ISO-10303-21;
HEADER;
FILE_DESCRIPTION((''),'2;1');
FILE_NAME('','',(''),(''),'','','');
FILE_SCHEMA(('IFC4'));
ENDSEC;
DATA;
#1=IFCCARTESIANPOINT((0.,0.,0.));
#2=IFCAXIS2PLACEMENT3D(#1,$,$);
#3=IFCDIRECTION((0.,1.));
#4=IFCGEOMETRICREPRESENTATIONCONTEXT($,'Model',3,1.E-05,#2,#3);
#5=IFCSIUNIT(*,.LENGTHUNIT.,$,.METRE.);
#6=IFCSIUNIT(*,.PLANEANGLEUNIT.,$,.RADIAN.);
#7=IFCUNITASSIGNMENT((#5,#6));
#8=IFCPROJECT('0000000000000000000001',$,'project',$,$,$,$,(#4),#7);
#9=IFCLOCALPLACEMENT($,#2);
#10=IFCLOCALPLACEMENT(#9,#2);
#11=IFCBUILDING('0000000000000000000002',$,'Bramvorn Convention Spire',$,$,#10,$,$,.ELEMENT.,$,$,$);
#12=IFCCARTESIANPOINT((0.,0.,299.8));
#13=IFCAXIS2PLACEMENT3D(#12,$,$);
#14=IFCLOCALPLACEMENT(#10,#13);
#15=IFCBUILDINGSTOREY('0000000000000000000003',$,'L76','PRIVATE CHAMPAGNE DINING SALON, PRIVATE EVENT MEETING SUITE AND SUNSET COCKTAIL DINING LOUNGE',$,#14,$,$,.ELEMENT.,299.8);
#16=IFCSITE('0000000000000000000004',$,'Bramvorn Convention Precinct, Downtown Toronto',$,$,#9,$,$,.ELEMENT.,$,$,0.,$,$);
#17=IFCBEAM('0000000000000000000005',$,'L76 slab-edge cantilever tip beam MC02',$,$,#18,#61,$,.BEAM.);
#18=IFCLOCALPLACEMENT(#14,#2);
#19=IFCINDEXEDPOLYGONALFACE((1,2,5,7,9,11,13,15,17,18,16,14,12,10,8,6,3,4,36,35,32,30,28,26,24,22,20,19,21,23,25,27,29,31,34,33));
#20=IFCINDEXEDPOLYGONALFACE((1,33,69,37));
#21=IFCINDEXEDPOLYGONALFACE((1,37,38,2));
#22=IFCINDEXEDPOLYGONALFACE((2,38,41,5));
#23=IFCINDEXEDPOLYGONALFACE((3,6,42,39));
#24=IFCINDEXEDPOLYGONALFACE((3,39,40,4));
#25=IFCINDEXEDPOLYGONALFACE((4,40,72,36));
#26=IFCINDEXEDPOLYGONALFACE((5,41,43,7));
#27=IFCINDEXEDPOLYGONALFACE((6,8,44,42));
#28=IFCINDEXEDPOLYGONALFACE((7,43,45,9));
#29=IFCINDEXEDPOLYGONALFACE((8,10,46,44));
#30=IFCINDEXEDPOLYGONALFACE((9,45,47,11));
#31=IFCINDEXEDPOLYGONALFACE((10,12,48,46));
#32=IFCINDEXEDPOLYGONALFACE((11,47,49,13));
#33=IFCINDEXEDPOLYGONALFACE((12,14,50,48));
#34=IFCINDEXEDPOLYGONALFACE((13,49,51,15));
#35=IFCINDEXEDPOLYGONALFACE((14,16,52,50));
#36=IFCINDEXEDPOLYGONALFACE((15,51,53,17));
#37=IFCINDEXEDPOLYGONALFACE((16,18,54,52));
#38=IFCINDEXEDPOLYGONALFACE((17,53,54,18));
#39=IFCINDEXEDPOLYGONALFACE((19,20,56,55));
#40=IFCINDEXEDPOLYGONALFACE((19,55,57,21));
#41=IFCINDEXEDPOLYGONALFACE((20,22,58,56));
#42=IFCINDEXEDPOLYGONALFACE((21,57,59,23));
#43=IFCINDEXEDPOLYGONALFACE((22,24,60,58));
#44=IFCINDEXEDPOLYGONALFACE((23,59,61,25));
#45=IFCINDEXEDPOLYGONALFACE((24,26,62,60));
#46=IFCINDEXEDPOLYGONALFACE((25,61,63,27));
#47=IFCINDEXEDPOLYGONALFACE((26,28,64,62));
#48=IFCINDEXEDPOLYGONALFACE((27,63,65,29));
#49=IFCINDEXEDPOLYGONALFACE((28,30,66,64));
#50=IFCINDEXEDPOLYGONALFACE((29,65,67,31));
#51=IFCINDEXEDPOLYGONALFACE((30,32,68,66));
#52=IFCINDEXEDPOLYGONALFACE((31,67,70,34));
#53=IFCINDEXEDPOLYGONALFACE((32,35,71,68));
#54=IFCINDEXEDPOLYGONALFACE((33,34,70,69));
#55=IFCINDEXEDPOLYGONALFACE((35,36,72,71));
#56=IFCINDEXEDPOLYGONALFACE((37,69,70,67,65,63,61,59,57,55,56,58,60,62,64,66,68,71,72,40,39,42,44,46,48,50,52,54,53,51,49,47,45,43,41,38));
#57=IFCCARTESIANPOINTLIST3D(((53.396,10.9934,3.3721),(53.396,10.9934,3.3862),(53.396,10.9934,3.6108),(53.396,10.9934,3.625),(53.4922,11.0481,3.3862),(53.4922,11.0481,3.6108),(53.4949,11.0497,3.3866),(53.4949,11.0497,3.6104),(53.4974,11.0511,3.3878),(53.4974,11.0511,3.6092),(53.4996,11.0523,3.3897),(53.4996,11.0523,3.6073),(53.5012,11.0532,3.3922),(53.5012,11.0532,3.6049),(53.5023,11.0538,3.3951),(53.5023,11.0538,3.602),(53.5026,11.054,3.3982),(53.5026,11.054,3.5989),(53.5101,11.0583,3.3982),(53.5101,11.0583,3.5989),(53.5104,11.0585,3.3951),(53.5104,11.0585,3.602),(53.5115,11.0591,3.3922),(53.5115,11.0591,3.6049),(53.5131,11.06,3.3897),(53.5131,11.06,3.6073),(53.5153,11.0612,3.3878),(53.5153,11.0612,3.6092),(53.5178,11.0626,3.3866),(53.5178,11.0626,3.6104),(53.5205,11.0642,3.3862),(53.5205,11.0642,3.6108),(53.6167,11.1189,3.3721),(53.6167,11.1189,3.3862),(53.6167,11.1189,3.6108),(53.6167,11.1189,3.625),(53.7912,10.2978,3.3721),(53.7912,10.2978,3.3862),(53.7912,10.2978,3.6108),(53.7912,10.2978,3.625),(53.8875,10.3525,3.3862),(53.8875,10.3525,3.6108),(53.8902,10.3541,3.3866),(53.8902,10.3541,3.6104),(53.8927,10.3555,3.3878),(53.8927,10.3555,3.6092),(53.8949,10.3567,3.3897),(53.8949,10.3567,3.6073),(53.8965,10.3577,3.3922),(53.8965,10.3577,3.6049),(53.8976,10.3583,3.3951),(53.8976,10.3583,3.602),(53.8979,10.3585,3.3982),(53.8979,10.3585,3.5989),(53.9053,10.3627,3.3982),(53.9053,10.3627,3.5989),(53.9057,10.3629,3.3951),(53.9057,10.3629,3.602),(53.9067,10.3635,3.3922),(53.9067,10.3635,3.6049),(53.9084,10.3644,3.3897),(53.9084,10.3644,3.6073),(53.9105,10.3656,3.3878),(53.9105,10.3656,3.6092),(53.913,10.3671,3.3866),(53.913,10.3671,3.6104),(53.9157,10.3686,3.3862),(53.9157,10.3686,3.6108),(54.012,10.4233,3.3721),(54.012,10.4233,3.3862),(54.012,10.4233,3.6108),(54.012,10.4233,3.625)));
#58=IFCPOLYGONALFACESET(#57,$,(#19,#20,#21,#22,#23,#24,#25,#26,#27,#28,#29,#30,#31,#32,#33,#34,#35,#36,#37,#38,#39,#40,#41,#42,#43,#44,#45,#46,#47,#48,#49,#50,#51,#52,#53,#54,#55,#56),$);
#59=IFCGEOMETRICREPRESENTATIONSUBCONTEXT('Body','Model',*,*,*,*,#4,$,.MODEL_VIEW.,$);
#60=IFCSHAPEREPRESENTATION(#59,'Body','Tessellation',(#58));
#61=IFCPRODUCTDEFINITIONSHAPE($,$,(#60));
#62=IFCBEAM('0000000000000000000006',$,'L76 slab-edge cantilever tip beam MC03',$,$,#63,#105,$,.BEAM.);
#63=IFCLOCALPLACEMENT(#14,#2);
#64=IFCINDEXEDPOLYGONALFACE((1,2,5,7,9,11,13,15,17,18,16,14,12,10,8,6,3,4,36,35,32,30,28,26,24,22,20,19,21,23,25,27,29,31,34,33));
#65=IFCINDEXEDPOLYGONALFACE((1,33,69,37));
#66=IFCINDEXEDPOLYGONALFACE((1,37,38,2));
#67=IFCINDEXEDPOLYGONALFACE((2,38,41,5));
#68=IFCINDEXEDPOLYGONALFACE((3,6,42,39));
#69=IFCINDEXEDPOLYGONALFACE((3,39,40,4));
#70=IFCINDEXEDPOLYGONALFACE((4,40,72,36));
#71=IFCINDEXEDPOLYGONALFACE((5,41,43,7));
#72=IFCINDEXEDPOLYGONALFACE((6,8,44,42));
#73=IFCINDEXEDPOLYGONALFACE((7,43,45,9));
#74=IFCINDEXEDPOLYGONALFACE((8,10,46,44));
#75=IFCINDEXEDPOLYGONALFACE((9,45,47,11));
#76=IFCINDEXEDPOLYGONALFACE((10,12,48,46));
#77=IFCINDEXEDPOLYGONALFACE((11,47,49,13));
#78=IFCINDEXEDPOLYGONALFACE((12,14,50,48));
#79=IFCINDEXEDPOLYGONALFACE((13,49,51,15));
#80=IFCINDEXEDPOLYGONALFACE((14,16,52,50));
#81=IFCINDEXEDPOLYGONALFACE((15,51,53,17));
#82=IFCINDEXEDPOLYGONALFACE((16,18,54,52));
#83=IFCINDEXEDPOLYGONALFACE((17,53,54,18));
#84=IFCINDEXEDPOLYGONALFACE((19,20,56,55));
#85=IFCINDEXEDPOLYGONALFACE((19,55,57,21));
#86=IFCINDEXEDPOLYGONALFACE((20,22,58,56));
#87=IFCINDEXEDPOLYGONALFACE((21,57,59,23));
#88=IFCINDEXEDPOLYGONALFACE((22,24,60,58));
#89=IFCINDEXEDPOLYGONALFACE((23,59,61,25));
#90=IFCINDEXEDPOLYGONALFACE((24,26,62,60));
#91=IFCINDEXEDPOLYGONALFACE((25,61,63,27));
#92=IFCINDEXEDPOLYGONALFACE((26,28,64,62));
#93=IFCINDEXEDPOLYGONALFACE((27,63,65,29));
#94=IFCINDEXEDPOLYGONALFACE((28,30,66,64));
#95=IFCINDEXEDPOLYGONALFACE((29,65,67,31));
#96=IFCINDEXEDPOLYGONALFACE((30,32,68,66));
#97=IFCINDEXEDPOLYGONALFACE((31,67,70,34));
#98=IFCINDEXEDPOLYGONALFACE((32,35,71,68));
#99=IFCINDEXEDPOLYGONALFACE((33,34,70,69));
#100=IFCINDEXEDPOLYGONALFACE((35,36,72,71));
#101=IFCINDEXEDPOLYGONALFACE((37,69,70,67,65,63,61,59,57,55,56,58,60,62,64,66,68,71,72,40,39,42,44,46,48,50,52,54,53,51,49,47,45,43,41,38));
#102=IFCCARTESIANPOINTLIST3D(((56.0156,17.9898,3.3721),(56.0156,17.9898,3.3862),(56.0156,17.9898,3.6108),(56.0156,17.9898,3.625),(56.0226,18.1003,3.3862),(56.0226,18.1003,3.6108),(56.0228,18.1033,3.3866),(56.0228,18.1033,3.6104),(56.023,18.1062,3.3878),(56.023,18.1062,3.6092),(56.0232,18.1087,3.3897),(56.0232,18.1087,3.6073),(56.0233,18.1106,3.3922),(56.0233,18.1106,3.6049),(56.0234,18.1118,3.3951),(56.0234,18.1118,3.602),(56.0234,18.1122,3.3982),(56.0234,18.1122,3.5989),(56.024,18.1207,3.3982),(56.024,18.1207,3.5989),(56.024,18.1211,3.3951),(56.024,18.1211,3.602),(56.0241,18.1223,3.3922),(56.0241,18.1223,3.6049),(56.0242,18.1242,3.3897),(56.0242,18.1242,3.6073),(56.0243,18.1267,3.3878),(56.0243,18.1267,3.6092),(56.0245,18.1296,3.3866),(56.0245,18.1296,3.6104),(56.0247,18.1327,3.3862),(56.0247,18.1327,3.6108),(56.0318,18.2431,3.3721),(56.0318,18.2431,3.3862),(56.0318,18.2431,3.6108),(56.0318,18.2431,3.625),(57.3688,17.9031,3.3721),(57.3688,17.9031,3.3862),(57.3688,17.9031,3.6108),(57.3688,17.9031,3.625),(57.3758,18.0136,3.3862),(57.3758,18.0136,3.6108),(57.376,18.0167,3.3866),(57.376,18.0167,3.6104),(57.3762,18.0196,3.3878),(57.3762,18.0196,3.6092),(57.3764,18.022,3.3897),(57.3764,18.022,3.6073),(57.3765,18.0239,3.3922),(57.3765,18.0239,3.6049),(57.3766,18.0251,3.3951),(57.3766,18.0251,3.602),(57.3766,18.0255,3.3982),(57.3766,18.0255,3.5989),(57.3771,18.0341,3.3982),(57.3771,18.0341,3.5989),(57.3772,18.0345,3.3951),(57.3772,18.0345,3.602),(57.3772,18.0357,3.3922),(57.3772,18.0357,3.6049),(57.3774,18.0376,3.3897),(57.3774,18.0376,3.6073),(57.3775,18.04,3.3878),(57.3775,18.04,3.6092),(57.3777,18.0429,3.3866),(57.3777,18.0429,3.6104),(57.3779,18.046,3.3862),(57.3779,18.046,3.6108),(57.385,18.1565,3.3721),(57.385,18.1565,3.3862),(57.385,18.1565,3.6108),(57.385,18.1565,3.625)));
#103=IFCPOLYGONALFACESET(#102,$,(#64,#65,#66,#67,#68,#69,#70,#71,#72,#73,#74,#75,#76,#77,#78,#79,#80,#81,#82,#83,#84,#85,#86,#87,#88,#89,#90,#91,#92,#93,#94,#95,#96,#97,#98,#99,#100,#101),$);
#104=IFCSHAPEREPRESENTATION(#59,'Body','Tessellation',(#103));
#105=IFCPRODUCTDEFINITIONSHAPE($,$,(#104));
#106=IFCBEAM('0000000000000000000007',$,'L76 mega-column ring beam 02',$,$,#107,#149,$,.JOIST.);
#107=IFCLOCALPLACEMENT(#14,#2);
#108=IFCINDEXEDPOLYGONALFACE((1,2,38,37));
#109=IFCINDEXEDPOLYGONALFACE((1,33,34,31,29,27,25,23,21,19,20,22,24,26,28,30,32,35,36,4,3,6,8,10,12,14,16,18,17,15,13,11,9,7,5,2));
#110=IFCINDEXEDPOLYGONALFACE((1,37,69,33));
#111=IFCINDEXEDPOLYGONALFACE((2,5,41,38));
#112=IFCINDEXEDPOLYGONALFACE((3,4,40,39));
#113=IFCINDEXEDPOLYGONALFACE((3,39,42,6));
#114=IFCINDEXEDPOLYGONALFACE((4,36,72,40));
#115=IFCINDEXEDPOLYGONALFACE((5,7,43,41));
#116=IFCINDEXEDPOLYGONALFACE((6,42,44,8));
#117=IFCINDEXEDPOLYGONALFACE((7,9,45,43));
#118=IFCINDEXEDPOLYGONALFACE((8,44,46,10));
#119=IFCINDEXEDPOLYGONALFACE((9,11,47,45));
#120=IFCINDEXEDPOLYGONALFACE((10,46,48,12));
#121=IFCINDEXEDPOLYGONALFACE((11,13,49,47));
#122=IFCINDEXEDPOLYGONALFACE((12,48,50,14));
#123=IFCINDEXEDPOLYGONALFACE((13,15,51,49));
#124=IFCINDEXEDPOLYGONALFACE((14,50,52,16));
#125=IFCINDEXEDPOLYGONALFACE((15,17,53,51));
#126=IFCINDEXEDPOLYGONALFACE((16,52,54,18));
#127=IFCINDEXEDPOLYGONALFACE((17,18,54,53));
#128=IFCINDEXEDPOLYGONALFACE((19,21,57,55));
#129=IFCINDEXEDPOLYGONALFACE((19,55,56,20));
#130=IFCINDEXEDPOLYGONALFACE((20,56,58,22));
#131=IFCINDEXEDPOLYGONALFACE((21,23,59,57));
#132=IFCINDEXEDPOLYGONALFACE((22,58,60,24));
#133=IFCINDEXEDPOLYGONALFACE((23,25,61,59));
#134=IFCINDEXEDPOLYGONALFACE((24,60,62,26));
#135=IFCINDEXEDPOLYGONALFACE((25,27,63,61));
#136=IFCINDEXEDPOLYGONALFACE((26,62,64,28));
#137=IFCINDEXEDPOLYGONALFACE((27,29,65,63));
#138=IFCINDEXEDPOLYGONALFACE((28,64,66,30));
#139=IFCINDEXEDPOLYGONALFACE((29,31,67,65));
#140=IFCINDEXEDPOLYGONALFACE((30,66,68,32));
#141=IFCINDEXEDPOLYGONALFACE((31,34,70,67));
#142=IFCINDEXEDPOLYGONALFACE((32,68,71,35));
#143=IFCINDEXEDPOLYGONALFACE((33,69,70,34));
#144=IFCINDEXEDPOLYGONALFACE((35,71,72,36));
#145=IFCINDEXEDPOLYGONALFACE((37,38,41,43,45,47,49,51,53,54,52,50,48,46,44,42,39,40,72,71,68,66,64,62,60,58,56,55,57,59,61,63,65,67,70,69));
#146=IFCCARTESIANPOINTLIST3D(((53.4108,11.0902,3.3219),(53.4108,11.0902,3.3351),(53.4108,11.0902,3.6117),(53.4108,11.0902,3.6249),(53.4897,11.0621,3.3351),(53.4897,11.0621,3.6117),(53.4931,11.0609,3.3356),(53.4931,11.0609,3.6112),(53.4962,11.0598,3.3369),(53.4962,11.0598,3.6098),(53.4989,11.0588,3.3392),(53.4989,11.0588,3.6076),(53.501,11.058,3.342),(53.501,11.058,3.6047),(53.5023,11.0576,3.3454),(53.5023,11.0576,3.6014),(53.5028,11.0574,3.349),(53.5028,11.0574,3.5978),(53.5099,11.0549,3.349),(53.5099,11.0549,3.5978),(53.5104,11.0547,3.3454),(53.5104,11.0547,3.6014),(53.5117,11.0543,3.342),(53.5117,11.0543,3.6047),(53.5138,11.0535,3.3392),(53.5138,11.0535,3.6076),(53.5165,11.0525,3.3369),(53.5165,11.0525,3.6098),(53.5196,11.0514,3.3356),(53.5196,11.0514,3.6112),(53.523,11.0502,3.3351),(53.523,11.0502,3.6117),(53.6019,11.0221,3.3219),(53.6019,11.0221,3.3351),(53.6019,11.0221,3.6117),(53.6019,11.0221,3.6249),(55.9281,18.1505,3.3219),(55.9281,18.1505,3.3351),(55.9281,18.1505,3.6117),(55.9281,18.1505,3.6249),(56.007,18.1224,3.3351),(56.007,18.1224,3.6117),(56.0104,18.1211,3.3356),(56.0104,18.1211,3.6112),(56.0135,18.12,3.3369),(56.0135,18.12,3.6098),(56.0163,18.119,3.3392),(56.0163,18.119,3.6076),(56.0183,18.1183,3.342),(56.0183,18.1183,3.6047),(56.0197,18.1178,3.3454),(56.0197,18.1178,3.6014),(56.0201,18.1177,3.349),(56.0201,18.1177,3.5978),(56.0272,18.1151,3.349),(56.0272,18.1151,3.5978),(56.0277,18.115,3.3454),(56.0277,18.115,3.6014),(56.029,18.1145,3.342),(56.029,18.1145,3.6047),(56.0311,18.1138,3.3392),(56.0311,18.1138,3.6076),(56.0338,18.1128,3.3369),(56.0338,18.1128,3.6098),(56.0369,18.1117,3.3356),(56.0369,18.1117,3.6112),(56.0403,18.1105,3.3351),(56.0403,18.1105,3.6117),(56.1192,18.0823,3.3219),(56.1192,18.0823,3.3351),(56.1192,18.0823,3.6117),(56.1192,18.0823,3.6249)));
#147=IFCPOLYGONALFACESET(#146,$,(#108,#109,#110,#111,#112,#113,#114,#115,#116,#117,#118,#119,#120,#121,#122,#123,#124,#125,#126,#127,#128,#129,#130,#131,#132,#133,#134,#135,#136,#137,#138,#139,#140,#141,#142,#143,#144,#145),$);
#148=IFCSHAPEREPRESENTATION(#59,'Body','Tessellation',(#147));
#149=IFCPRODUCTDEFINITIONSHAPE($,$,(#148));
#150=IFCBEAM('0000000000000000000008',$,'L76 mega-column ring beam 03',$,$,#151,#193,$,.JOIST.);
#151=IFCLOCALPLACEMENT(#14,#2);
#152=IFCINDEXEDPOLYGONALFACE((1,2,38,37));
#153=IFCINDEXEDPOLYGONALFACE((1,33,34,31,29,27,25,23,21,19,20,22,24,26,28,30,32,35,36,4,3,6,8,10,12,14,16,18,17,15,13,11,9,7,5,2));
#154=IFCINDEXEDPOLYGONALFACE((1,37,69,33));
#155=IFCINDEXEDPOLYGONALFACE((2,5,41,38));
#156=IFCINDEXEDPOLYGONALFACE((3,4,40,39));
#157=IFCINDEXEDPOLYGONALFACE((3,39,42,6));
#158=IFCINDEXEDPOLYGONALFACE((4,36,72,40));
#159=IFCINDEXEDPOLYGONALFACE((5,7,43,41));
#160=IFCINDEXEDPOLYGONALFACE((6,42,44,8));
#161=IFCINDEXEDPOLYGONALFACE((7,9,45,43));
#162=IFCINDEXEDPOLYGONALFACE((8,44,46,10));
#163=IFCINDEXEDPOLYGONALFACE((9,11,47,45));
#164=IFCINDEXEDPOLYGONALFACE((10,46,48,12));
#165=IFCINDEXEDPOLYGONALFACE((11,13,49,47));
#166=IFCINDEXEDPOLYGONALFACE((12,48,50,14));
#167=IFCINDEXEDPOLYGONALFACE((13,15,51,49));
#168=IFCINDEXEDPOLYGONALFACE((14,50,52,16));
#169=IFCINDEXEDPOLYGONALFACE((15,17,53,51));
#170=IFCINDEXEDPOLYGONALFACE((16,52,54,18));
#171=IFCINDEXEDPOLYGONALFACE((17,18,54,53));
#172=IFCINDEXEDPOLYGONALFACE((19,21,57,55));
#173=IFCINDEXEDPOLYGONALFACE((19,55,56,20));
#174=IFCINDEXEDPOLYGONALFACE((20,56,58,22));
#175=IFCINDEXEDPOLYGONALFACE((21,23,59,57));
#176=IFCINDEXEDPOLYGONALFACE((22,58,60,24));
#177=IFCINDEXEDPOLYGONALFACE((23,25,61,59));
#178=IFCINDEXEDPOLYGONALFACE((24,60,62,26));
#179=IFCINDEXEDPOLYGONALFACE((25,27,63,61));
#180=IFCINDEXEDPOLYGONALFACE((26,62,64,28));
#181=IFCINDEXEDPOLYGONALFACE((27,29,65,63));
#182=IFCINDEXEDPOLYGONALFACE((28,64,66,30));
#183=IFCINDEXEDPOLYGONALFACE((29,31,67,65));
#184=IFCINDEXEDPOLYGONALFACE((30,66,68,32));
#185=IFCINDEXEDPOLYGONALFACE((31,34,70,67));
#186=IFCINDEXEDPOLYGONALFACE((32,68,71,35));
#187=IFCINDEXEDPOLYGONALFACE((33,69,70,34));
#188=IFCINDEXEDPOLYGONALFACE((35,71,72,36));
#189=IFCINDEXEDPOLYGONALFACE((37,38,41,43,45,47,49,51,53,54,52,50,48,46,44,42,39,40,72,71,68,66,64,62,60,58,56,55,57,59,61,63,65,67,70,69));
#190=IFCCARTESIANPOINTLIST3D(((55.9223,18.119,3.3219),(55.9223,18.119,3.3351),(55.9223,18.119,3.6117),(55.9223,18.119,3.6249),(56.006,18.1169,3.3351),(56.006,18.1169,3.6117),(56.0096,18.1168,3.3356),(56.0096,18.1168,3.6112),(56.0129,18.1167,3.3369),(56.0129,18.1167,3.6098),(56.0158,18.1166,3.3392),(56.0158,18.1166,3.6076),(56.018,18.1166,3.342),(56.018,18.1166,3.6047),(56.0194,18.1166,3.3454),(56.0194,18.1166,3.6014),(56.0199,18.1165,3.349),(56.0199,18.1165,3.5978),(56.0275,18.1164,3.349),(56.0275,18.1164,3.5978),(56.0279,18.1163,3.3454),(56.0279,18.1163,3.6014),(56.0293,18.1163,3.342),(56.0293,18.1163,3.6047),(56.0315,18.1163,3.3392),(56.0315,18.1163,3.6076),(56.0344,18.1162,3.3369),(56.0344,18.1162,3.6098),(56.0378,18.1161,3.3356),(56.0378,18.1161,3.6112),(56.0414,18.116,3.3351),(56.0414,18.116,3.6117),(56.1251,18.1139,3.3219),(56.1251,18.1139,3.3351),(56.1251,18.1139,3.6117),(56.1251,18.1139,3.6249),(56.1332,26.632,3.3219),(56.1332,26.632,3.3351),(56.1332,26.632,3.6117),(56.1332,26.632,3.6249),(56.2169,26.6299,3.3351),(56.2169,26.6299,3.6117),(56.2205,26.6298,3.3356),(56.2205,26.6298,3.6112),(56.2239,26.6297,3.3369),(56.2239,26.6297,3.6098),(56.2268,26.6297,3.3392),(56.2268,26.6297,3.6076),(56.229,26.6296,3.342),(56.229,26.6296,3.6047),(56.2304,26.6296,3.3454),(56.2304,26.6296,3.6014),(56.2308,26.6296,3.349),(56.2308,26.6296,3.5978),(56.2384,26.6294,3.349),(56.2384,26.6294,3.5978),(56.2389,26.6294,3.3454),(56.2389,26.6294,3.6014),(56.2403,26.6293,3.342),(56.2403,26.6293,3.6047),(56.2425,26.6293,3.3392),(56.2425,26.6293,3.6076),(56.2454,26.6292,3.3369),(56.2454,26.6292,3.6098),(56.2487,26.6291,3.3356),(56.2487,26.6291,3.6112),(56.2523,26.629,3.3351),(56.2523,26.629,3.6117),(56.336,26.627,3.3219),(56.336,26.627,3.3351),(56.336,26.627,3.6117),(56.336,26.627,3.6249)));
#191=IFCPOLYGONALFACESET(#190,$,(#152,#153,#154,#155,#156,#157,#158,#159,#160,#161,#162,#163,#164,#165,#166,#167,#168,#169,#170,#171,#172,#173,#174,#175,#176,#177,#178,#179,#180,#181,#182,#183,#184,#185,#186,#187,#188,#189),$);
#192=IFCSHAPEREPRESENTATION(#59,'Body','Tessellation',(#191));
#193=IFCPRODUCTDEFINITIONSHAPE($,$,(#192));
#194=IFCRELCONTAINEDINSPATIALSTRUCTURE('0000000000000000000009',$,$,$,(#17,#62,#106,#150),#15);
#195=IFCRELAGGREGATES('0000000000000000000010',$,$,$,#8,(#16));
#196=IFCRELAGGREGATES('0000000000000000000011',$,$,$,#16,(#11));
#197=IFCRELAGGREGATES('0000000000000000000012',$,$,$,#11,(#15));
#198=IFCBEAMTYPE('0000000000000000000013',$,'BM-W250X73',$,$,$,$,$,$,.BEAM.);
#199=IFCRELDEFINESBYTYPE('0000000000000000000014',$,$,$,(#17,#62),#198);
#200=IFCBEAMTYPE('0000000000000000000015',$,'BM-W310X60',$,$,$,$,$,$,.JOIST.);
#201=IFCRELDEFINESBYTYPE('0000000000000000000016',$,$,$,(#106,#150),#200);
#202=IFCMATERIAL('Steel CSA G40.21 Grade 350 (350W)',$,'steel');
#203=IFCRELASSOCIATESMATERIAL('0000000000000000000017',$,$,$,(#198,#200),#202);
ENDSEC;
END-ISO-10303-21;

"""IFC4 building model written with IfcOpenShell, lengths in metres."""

from ifc_helpers import new_model, si_unit, direction, frame, origin, origin_2d, place, context, subcontext, project, spatial, i_section, extrude, material, material_profile, profile_set, type_object, element, save


model = new_model("IFC4")

# Units and contexts
model_context = context("Model", 3, precision=1e-05, world=origin(), true_north=direction((0.0, 1.0)))
body_context = subcontext(model_context, "Body", "Model", "MODEL_VIEW")
ifc_project = project(units=[si_unit("LENGTHUNIT", "METRE"), si_unit("PLANEANGLEUNIT", "RADIAN")], contexts=[model_context])

# Site, building, storey
site_placement = place(None, origin())
site = spatial("IfcSite", under=ifc_project, at=site_placement, Name="Bramvorn Convention Precinct, Downtown Toronto", CompositionType="ELEMENT", RefElevation=0.0)
building_placement = place(site_placement, origin())
building = spatial("IfcBuilding", under=site, at=building_placement, Name="Bramvorn Convention Spire", CompositionType="ELEMENT")
storey_placement = place(building_placement, frame((0.0, 0.0, 299.8)))
storey = spatial("IfcBuildingStorey", under=building, at=storey_placement, Name="L76", Description="PRIVATE CHAMPAGNE DINING SALON, PRIVATE EVENT MEETING SUITE AND SUNSET COCKTAIL DINING LOUNGE", CompositionType="ELEMENT", Elevation=299.8)

# Shared definitions
ifc_material_1 = material(Name="Steel CSA G40.21 Grade 350 (350W)", Category="steel")

# Beams
ifc_material_profile_1 = material_profile(ifc_material_1, i_section(OverallWidth=0.2539, OverallDepth=0.2529, WebThickness=0.0085, FlangeThickness=0.0142, FilletRadius=0.012, at=origin_2d()))
ifc_profile_set_1 = profile_set([ifc_material_profile_1], Name="Steel CSA G40.21 Grade 350 (350W) - W250X73")
beam_type_1 = type_object("IfcBeamType", Name="BM-W250X73", PredefinedType="BEAM", material=ifc_profile_set_1)
beam_1_placement = place(storey_placement, frame((53.5063, 11.0562, 3.4985), z_axis=(0.494067, -0.869424, 0.0), x_axis=(0.869424, 0.494067, 0.0)))
element("IfcBeam", 1, at=beam_1_placement, inside=storey, type_object=beam_type_1, Name="L76 slab-edge cantilever tip beam MC02", PredefinedType="BEAM", context=body_context, shape_type="SweptSolid", body=[
    extrude(i_section(OverallWidth=0.2539, OverallDepth=0.2529, WebThickness=0.0085, FlangeThickness=0.0142, FilletRadius=0.012, at=origin_2d()), origin(), (0.0, 0.0, 1.0), 0.8),
])
beam_2_placement = place(storey_placement, frame((56.0237, 18.1165, 3.4985), z_axis=(0.997955, -0.063914, 0.0), x_axis=(0.063914, 0.997955, 0.0)))
element("IfcBeam", 2, at=beam_2_placement, inside=storey, type_object=beam_type_1, Name="L76 slab-edge cantilever tip beam MC03", PredefinedType="BEAM", context=body_context, shape_type="SweptSolid", body=[
    extrude(i_section(OverallWidth=0.2539, OverallDepth=0.2529, WebThickness=0.0085, FlangeThickness=0.0142, FilletRadius=0.012, at=origin_2d()), origin(), (0.0, 0.0, 1.0), 1.356),
])
ifc_material_profile_2 = material_profile(ifc_material_1, i_section(OverallWidth=0.2029, OverallDepth=0.303, WebThickness=0.0076, FlangeThickness=0.0132, FilletRadius=0.0139, at=origin_2d()))
ifc_profile_set_2 = profile_set([ifc_material_profile_2], Name="Steel CSA G40.21 Grade 350 (350W) - W310X60")
beam_type_2 = type_object("IfcBeamType", Name="BM-W310X60", PredefinedType="JOIST", material=ifc_profile_set_2)
beam_3_placement = place(storey_placement, frame((53.5063, 11.0562, 3.4734), z_axis=(0.335839, 0.941919, 0.0), x_axis=(-0.941919, 0.335839, 0.0)))
element("IfcBeam", 3, at=beam_3_placement, inside=storey, type_object=beam_type_2, Name="L76 mega-column ring beam 02", PredefinedType="JOIST", context=body_context, shape_type="SweptSolid", body=[
    extrude(i_section(OverallWidth=0.2029, OverallDepth=0.303, WebThickness=0.0076, FlangeThickness=0.0132, FilletRadius=0.0139, at=origin_2d()), origin(), (0.0, 0.0, 1.0), 7.4956),
])
beam_4_placement = place(storey_placement, frame((56.0237, 18.1165, 3.4734), z_axis=(0.024771, 0.999693, 0.0), x_axis=(-0.999693, 0.024771, 0.0)))
element("IfcBeam", 4, at=beam_4_placement, inside=storey, type_object=beam_type_2, Name="L76 mega-column ring beam 03", PredefinedType="JOIST", context=body_context, shape_type="SweptSolid", body=[
    extrude(i_section(OverallWidth=0.2029, OverallDepth=0.303, WebThickness=0.0076, FlangeThickness=0.0132, FilletRadius=0.0139, at=origin_2d()), origin(), (0.0, 0.0, 1.0), 8.5156),
])

save(model, "model.ifc")
